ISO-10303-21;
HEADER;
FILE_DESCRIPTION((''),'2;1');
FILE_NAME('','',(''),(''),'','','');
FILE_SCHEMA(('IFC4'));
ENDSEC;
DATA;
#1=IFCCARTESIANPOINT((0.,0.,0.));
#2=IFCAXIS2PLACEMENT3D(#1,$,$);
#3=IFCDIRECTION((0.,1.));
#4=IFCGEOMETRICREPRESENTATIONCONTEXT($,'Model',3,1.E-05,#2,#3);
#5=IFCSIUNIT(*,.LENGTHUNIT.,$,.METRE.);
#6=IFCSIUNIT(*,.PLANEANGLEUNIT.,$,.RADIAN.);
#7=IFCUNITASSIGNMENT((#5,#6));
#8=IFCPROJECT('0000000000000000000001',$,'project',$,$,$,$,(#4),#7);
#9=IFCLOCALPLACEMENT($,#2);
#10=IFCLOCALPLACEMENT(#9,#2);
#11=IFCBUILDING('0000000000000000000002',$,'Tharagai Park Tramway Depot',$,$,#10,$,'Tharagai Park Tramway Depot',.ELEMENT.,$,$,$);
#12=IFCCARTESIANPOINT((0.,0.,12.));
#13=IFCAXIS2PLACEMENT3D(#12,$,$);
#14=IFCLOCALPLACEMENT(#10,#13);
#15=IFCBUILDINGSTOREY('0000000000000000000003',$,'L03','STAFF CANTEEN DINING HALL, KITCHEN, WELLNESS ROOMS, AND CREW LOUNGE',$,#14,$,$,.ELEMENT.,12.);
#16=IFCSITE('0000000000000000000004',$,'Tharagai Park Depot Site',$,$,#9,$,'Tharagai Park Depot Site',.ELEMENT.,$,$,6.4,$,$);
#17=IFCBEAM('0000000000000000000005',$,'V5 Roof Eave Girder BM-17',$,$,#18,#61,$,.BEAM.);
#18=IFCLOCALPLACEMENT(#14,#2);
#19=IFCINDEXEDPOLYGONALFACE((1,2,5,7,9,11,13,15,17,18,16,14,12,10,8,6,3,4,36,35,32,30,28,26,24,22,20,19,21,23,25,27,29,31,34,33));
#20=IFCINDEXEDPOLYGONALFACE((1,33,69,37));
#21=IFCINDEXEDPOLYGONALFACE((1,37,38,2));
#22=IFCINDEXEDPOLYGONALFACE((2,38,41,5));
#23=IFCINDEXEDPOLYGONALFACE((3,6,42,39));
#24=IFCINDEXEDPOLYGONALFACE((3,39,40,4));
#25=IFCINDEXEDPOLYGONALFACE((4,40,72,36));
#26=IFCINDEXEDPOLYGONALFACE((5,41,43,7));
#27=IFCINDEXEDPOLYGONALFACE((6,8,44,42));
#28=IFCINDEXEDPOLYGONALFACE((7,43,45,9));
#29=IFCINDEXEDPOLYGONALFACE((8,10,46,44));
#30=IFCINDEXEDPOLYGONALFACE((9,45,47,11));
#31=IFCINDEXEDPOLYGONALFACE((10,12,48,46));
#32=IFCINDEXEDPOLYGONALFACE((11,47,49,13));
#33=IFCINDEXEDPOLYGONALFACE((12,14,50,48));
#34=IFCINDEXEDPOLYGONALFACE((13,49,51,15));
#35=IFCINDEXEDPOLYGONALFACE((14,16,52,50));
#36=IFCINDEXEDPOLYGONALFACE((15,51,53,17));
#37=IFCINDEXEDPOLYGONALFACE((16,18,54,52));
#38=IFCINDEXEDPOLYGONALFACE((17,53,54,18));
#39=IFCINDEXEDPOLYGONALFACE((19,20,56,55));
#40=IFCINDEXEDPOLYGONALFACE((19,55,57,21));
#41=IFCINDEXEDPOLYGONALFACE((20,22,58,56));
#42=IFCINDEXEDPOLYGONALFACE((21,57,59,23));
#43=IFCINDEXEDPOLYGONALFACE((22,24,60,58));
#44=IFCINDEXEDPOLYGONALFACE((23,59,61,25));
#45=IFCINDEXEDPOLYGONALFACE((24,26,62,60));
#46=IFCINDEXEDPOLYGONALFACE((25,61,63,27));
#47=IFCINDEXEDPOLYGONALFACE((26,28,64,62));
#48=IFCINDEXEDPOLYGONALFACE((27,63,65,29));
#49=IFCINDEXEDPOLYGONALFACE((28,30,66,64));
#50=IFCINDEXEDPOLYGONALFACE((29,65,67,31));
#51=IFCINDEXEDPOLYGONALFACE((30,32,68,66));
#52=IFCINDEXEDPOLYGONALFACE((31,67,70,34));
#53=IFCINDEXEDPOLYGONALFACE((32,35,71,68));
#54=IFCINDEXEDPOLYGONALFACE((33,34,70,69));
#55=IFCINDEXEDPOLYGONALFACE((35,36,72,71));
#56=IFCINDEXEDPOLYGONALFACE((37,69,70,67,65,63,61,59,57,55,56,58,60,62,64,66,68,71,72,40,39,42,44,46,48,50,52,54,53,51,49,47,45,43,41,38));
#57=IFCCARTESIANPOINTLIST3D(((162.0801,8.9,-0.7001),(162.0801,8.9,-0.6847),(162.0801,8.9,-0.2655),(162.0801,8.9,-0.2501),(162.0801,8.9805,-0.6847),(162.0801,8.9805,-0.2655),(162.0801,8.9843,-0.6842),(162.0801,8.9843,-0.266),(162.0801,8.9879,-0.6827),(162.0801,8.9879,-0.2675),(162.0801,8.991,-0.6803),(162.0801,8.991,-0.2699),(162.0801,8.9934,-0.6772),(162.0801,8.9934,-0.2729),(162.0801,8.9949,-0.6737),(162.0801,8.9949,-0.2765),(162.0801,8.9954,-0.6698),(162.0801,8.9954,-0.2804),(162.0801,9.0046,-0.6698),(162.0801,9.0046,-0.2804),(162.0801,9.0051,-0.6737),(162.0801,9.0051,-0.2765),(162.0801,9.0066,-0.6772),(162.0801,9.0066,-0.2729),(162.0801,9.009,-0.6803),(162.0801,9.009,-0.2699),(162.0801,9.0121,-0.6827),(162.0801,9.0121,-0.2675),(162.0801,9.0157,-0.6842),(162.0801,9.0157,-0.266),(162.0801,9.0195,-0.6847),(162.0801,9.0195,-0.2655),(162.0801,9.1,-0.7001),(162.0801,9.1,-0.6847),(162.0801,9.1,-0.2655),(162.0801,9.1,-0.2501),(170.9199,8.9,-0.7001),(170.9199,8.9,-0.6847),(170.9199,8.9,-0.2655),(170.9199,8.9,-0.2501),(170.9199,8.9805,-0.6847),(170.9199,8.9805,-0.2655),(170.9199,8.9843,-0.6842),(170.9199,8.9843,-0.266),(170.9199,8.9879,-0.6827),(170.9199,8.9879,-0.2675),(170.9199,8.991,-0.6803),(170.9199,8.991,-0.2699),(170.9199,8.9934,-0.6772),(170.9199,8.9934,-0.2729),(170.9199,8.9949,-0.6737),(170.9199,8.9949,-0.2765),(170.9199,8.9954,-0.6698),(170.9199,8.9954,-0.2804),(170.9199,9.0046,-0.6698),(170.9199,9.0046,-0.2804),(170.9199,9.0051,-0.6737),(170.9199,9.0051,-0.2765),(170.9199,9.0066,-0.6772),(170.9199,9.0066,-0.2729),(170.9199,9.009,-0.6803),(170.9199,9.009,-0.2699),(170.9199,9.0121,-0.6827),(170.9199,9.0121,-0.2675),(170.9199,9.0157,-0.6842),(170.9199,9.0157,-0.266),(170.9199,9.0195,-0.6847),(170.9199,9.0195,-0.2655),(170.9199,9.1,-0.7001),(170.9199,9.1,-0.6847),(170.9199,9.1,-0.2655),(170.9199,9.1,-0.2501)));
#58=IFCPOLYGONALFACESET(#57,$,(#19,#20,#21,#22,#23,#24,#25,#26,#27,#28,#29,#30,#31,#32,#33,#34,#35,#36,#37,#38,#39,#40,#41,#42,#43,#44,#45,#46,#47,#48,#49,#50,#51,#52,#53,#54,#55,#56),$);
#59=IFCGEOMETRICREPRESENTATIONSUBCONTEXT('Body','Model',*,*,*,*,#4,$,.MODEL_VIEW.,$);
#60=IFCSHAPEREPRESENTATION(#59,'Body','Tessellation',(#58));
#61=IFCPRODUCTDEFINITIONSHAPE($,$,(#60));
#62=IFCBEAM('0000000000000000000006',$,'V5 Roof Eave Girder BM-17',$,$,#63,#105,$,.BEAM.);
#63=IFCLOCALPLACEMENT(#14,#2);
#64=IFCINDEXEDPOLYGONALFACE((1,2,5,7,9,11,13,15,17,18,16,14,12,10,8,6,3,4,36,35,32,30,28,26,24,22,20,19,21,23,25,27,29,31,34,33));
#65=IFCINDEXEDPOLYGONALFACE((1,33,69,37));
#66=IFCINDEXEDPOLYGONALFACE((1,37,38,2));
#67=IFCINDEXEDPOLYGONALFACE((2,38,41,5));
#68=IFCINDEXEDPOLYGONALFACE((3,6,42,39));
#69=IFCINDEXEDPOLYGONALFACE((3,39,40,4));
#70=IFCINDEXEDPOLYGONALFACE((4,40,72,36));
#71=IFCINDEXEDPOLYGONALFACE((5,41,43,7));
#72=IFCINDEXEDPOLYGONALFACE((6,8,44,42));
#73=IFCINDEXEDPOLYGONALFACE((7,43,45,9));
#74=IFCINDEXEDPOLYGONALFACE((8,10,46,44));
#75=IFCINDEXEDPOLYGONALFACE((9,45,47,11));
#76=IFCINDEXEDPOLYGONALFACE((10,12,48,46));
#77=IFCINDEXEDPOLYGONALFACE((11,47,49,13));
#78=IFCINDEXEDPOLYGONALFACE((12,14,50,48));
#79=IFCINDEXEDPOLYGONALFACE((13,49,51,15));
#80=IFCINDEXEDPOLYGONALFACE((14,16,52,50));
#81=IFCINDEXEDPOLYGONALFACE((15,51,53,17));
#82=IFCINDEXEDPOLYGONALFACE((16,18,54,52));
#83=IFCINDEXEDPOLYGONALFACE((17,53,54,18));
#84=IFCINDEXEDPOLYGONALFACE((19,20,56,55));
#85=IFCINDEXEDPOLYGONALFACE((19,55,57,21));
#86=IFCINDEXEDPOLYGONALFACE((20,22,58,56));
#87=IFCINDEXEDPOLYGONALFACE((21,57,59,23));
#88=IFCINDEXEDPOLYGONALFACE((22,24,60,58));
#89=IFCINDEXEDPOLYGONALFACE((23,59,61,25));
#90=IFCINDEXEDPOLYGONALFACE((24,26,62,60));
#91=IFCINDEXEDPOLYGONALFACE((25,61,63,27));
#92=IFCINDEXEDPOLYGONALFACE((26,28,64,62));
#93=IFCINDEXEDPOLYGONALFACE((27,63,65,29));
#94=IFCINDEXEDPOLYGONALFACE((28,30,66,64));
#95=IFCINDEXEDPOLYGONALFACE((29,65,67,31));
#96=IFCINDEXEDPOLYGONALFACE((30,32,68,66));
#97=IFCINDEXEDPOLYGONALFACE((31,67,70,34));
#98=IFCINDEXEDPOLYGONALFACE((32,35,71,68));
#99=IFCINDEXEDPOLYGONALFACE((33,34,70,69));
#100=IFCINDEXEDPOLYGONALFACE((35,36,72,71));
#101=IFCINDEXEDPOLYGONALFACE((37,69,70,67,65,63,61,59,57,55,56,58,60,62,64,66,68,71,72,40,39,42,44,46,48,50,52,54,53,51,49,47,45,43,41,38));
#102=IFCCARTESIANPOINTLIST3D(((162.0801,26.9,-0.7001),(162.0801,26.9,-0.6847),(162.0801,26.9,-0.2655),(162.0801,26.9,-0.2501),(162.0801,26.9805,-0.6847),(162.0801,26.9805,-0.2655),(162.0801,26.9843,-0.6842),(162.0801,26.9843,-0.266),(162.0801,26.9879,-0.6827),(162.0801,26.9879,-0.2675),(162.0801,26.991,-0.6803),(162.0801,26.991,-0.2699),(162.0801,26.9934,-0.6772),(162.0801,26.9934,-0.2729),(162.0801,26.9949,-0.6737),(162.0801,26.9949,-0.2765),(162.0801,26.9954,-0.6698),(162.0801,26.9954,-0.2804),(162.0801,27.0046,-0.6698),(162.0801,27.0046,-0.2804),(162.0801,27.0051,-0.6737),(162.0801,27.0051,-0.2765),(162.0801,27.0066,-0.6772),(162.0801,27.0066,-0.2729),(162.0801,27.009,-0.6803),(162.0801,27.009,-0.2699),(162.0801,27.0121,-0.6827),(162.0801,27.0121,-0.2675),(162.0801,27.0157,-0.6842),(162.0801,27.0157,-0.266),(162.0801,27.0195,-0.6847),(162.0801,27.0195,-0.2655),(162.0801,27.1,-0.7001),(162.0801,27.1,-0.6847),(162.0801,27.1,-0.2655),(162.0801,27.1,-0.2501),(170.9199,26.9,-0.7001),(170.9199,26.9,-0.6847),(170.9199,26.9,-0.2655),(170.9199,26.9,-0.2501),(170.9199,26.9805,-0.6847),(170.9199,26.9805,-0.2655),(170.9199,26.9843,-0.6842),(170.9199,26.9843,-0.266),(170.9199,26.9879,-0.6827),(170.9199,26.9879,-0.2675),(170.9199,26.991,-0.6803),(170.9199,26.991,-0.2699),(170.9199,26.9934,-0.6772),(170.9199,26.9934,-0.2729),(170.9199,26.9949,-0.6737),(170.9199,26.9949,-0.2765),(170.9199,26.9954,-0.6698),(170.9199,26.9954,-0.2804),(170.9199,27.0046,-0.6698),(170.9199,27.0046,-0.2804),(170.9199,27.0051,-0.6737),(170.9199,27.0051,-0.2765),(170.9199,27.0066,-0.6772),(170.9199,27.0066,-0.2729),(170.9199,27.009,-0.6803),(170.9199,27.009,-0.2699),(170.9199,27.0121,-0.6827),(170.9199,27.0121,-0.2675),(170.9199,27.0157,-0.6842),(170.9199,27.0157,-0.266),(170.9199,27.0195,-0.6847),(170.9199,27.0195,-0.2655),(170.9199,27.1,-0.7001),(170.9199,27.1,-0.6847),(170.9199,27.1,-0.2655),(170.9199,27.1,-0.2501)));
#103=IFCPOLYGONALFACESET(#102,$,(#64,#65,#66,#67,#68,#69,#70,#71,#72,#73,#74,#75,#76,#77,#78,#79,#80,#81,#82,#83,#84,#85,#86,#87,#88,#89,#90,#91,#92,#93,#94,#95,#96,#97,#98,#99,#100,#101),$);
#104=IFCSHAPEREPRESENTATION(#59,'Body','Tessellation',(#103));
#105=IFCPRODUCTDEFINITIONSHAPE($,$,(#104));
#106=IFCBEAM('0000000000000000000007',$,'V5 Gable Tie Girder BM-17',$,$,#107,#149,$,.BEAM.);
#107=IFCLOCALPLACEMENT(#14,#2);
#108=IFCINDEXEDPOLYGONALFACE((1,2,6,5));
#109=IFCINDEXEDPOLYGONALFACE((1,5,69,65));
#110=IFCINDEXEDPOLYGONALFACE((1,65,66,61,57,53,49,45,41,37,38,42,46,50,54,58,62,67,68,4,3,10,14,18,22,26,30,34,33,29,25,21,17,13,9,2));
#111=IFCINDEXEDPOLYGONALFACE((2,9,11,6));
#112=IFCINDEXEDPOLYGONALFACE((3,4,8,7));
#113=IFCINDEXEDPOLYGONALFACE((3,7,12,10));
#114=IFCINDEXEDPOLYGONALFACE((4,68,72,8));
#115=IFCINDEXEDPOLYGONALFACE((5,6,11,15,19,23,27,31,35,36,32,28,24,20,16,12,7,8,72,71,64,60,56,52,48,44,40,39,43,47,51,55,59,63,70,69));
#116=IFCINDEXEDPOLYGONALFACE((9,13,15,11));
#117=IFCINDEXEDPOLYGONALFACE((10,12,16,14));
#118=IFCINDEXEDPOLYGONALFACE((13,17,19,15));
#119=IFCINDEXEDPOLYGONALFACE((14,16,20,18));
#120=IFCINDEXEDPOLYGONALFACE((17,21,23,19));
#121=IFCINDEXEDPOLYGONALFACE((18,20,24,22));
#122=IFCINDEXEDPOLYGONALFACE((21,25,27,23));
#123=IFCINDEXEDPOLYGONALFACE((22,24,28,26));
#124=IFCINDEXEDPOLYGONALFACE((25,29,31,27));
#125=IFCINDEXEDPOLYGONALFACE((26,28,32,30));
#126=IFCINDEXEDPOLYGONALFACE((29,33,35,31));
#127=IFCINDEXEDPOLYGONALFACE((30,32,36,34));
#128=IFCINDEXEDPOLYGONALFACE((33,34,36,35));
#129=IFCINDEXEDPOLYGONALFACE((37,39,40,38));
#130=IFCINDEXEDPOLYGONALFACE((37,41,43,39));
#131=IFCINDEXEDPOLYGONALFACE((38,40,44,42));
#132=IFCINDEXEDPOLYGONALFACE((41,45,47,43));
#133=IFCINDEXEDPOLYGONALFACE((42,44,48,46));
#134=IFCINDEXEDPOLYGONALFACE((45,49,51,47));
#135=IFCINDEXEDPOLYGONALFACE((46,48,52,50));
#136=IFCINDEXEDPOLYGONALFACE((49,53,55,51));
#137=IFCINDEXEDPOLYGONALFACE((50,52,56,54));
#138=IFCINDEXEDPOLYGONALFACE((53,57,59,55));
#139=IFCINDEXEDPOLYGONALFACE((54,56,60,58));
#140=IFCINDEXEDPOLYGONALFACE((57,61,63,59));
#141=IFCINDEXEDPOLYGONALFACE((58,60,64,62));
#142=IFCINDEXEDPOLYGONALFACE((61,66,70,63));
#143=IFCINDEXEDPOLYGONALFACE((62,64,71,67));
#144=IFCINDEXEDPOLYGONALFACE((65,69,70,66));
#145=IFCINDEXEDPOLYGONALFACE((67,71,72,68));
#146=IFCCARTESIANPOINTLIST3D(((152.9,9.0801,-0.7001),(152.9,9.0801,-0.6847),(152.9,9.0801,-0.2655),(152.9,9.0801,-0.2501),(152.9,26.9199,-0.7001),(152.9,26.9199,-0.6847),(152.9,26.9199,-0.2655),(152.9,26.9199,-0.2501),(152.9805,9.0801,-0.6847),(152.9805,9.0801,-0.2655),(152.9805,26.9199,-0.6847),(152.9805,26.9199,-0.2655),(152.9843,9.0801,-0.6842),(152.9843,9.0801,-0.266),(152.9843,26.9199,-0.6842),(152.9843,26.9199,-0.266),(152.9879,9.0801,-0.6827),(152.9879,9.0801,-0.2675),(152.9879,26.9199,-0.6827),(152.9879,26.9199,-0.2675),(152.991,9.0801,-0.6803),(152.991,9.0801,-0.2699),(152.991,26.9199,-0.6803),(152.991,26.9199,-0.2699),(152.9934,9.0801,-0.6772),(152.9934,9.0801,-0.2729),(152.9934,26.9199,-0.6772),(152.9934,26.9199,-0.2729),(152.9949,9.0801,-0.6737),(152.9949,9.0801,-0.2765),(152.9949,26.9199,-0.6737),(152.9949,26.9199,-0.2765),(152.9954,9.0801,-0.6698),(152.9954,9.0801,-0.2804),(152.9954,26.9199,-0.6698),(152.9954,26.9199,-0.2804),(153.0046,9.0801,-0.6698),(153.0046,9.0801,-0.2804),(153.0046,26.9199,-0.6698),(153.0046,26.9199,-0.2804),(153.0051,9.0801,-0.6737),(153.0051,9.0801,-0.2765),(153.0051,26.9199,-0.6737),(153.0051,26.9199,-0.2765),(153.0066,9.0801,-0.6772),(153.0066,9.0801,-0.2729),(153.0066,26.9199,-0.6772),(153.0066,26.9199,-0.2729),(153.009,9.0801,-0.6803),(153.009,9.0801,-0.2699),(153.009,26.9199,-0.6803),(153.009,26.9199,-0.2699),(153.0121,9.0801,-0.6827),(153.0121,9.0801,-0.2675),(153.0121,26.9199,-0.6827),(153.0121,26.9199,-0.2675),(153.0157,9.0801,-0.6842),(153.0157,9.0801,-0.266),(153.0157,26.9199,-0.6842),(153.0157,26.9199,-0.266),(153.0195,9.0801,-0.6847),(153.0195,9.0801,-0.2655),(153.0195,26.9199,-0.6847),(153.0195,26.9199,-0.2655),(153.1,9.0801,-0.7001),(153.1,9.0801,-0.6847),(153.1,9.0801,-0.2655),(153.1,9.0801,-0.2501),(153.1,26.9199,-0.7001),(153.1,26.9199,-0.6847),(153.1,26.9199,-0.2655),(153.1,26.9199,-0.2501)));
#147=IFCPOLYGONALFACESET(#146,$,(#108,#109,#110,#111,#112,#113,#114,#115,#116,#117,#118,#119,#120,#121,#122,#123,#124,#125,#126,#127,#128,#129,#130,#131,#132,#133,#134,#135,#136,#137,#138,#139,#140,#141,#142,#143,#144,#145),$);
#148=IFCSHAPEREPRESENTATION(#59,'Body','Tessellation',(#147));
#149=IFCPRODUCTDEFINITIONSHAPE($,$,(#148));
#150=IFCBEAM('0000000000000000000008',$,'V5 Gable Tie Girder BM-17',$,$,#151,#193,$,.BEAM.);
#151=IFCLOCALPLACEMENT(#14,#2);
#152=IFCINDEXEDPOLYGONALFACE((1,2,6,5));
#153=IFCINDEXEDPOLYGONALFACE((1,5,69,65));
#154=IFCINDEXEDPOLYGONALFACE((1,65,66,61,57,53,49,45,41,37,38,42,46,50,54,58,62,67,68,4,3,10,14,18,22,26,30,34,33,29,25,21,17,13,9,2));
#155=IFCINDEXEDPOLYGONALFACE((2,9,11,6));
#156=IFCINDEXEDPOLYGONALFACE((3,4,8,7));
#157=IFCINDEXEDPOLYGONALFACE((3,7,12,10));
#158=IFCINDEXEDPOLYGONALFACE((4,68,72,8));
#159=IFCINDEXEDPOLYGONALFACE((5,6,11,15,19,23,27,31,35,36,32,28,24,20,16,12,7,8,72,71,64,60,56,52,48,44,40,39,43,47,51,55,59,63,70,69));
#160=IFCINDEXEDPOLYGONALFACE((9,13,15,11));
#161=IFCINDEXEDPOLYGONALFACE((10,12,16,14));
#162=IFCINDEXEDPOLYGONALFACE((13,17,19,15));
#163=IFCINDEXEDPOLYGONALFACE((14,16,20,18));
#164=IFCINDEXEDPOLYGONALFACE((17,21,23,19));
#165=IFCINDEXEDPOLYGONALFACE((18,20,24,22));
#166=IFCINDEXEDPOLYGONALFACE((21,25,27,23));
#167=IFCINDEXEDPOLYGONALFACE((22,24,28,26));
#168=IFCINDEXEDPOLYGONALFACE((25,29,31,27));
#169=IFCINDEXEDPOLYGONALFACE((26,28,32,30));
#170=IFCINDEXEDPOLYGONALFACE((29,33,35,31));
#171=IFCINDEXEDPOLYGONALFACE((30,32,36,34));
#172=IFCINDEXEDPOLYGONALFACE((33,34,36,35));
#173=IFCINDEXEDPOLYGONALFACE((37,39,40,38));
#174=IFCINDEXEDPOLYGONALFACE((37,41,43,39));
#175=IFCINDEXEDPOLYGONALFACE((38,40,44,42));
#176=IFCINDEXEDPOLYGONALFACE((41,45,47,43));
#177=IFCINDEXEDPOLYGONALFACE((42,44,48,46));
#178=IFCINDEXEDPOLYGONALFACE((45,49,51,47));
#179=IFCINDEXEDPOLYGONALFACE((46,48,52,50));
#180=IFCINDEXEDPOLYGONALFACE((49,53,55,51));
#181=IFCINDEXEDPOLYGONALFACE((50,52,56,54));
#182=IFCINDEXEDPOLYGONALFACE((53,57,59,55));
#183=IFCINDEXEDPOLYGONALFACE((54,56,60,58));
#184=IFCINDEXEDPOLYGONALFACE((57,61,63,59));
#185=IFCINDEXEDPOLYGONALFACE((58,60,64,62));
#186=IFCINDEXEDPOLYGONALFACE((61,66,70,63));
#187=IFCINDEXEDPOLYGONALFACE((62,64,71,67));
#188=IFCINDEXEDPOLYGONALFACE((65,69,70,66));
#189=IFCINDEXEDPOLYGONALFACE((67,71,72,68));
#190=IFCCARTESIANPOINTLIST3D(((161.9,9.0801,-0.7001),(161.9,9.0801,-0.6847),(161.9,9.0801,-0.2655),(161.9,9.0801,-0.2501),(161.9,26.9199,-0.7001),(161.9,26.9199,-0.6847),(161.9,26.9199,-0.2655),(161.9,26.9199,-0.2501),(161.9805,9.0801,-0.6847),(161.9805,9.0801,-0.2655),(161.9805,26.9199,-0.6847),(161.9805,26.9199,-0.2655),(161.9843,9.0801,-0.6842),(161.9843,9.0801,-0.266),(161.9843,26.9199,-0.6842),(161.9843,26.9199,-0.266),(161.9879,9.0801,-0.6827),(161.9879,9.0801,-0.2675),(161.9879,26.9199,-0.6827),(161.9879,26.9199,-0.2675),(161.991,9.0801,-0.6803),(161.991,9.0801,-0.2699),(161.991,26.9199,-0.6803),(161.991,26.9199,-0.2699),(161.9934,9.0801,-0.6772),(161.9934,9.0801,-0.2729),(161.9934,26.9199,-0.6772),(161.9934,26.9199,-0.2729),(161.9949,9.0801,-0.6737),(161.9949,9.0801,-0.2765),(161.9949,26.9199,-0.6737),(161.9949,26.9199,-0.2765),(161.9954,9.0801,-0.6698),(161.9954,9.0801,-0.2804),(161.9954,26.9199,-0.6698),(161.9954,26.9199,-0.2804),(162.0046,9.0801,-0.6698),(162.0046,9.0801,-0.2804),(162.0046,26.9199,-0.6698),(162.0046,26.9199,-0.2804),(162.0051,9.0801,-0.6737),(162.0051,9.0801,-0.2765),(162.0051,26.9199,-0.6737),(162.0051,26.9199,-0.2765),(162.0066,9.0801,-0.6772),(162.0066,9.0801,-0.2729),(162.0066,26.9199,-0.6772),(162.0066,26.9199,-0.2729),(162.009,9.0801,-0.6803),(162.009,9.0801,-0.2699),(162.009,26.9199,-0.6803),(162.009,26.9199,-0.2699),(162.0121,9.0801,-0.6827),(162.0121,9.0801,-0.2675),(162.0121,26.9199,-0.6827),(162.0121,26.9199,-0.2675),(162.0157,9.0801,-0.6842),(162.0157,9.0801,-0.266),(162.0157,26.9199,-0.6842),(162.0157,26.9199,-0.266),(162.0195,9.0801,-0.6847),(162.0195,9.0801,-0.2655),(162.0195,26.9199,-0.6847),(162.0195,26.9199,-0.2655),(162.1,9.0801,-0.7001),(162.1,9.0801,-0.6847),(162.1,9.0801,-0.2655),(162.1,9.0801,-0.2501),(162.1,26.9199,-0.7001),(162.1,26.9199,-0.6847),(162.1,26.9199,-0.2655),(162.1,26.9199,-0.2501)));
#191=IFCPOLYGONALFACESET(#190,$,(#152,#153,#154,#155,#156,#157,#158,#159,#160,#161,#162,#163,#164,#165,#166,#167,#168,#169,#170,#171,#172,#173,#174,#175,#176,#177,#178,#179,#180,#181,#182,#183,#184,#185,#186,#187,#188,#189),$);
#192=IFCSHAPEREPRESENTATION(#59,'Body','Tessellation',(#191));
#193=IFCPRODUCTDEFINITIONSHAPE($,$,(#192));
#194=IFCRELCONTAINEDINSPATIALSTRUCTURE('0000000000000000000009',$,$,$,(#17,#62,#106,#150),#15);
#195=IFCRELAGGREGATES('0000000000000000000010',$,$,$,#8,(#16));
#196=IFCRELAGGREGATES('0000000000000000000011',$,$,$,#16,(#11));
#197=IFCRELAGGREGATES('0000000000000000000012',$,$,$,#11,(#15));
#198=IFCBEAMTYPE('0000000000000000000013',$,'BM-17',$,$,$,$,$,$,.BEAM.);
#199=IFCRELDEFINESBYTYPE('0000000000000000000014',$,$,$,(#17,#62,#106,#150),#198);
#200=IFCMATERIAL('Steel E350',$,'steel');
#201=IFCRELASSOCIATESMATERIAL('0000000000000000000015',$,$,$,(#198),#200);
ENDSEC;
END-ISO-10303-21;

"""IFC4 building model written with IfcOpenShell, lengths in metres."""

from ifc_helpers import new_model, si_unit, direction, frame, origin, origin_2d, place, context, subcontext, project, spatial, i_section, extrude, material, material_profile, profile_set, type_object, element, save


model = new_model("IFC4")

# Units and contexts
model_context = context("Model", 3, precision=1e-05, world=origin(), true_north=direction((0.0, 1.0)))
body_context = subcontext(model_context, "Body", "Model", "MODEL_VIEW")
ifc_project = project(units=[si_unit("LENGTHUNIT", "METRE"), si_unit("PLANEANGLEUNIT", "RADIAN")], contexts=[model_context])

# Site, building, storey
site_placement = place(None, origin())
site = spatial("IfcSite", under=ifc_project, at=site_placement, Name="Tharagai Park Depot Site", LongName="Tharagai Park Depot Site", CompositionType="ELEMENT", RefElevation=6.4)
building_placement = place(site_placement, origin())
building = spatial("IfcBuilding", under=site, at=building_placement, Name="Tharagai Park Tramway Depot", LongName="Tharagai Park Tramway Depot", CompositionType="ELEMENT")
storey_placement = place(building_placement, frame((0.0, 0.0, 12.0)))
storey = spatial("IfcBuildingStorey", under=building, at=storey_placement, Name="L03", Description="STAFF CANTEEN DINING HALL, KITCHEN, WELLNESS ROOMS, AND CREW LOUNGE", CompositionType="ELEMENT", Elevation=12.0)

# Beams
ifc_material_1 = material(Name="Steel E350", Category="steel")
ifc_material_profile_1 = material_profile(ifc_material_1, i_section(OverallWidth=0.2, OverallDepth=0.45, WebThickness=0.0093, FlangeThickness=0.0154, FilletRadius=0.0149, at=origin_2d()), Name="ISWB 450")
ifc_profile_set_1 = profile_set([ifc_material_profile_1], Name="Steel E350")
beam_type = type_object("IfcBeamType", Name="BM-17", PredefinedType="BEAM", material=ifc_profile_set_1)
for number, where, z_axis, x_axis, name in (
    (1, (162.0801, 9.0, -0.4751), (1.0, 0.0, 0.0), (0.0, 1.0, 0.0), "V5 Roof Eave Girder BM-17"),
    (2, (162.0801, 27.0, -0.4751), (1.0, 0.0, 0.0), (0.0, 1.0, 0.0), "V5 Roof Eave Girder BM-17"),
):
    element("IfcBeam", number, at=place(storey_placement, frame(where, z_axis=z_axis, x_axis=x_axis)), inside=storey, type_object=beam_type, Name=name, PredefinedType="BEAM", context=body_context, shape_type="SweptSolid", body=[
        extrude(i_section(OverallWidth=0.2, OverallDepth=0.45, WebThickness=0.0093, FlangeThickness=0.0154, FilletRadius=0.0149, at=origin_2d()), origin(), (0.0, 0.0, 1.0), 8.8398),
    ])
for number, where, z_axis, x_axis, name in (
    (3, (153.0, 9.0801, -0.4751), (0.0, 1.0, 0.0), (-1.0, 0.0, 0.0), "V5 Gable Tie Girder BM-17"),
    (4, (162.0, 9.0801, -0.4751), (0.0, 1.0, 0.0), (-1.0, 0.0, 0.0), "V5 Gable Tie Girder BM-17"),
):
    element("IfcBeam", number, at=place(storey_placement, frame(where, z_axis=z_axis, x_axis=x_axis)), inside=storey, type_object=beam_type, Name=name, PredefinedType="BEAM", context=body_context, shape_type="SweptSolid", body=[
        extrude(i_section(OverallWidth=0.2, OverallDepth=0.45, WebThickness=0.0093, FlangeThickness=0.0154, FilletRadius=0.0149, at=origin_2d()), origin(), (0.0, 0.0, 1.0), 17.8398),
    ])

save(model, "model.ifc")
